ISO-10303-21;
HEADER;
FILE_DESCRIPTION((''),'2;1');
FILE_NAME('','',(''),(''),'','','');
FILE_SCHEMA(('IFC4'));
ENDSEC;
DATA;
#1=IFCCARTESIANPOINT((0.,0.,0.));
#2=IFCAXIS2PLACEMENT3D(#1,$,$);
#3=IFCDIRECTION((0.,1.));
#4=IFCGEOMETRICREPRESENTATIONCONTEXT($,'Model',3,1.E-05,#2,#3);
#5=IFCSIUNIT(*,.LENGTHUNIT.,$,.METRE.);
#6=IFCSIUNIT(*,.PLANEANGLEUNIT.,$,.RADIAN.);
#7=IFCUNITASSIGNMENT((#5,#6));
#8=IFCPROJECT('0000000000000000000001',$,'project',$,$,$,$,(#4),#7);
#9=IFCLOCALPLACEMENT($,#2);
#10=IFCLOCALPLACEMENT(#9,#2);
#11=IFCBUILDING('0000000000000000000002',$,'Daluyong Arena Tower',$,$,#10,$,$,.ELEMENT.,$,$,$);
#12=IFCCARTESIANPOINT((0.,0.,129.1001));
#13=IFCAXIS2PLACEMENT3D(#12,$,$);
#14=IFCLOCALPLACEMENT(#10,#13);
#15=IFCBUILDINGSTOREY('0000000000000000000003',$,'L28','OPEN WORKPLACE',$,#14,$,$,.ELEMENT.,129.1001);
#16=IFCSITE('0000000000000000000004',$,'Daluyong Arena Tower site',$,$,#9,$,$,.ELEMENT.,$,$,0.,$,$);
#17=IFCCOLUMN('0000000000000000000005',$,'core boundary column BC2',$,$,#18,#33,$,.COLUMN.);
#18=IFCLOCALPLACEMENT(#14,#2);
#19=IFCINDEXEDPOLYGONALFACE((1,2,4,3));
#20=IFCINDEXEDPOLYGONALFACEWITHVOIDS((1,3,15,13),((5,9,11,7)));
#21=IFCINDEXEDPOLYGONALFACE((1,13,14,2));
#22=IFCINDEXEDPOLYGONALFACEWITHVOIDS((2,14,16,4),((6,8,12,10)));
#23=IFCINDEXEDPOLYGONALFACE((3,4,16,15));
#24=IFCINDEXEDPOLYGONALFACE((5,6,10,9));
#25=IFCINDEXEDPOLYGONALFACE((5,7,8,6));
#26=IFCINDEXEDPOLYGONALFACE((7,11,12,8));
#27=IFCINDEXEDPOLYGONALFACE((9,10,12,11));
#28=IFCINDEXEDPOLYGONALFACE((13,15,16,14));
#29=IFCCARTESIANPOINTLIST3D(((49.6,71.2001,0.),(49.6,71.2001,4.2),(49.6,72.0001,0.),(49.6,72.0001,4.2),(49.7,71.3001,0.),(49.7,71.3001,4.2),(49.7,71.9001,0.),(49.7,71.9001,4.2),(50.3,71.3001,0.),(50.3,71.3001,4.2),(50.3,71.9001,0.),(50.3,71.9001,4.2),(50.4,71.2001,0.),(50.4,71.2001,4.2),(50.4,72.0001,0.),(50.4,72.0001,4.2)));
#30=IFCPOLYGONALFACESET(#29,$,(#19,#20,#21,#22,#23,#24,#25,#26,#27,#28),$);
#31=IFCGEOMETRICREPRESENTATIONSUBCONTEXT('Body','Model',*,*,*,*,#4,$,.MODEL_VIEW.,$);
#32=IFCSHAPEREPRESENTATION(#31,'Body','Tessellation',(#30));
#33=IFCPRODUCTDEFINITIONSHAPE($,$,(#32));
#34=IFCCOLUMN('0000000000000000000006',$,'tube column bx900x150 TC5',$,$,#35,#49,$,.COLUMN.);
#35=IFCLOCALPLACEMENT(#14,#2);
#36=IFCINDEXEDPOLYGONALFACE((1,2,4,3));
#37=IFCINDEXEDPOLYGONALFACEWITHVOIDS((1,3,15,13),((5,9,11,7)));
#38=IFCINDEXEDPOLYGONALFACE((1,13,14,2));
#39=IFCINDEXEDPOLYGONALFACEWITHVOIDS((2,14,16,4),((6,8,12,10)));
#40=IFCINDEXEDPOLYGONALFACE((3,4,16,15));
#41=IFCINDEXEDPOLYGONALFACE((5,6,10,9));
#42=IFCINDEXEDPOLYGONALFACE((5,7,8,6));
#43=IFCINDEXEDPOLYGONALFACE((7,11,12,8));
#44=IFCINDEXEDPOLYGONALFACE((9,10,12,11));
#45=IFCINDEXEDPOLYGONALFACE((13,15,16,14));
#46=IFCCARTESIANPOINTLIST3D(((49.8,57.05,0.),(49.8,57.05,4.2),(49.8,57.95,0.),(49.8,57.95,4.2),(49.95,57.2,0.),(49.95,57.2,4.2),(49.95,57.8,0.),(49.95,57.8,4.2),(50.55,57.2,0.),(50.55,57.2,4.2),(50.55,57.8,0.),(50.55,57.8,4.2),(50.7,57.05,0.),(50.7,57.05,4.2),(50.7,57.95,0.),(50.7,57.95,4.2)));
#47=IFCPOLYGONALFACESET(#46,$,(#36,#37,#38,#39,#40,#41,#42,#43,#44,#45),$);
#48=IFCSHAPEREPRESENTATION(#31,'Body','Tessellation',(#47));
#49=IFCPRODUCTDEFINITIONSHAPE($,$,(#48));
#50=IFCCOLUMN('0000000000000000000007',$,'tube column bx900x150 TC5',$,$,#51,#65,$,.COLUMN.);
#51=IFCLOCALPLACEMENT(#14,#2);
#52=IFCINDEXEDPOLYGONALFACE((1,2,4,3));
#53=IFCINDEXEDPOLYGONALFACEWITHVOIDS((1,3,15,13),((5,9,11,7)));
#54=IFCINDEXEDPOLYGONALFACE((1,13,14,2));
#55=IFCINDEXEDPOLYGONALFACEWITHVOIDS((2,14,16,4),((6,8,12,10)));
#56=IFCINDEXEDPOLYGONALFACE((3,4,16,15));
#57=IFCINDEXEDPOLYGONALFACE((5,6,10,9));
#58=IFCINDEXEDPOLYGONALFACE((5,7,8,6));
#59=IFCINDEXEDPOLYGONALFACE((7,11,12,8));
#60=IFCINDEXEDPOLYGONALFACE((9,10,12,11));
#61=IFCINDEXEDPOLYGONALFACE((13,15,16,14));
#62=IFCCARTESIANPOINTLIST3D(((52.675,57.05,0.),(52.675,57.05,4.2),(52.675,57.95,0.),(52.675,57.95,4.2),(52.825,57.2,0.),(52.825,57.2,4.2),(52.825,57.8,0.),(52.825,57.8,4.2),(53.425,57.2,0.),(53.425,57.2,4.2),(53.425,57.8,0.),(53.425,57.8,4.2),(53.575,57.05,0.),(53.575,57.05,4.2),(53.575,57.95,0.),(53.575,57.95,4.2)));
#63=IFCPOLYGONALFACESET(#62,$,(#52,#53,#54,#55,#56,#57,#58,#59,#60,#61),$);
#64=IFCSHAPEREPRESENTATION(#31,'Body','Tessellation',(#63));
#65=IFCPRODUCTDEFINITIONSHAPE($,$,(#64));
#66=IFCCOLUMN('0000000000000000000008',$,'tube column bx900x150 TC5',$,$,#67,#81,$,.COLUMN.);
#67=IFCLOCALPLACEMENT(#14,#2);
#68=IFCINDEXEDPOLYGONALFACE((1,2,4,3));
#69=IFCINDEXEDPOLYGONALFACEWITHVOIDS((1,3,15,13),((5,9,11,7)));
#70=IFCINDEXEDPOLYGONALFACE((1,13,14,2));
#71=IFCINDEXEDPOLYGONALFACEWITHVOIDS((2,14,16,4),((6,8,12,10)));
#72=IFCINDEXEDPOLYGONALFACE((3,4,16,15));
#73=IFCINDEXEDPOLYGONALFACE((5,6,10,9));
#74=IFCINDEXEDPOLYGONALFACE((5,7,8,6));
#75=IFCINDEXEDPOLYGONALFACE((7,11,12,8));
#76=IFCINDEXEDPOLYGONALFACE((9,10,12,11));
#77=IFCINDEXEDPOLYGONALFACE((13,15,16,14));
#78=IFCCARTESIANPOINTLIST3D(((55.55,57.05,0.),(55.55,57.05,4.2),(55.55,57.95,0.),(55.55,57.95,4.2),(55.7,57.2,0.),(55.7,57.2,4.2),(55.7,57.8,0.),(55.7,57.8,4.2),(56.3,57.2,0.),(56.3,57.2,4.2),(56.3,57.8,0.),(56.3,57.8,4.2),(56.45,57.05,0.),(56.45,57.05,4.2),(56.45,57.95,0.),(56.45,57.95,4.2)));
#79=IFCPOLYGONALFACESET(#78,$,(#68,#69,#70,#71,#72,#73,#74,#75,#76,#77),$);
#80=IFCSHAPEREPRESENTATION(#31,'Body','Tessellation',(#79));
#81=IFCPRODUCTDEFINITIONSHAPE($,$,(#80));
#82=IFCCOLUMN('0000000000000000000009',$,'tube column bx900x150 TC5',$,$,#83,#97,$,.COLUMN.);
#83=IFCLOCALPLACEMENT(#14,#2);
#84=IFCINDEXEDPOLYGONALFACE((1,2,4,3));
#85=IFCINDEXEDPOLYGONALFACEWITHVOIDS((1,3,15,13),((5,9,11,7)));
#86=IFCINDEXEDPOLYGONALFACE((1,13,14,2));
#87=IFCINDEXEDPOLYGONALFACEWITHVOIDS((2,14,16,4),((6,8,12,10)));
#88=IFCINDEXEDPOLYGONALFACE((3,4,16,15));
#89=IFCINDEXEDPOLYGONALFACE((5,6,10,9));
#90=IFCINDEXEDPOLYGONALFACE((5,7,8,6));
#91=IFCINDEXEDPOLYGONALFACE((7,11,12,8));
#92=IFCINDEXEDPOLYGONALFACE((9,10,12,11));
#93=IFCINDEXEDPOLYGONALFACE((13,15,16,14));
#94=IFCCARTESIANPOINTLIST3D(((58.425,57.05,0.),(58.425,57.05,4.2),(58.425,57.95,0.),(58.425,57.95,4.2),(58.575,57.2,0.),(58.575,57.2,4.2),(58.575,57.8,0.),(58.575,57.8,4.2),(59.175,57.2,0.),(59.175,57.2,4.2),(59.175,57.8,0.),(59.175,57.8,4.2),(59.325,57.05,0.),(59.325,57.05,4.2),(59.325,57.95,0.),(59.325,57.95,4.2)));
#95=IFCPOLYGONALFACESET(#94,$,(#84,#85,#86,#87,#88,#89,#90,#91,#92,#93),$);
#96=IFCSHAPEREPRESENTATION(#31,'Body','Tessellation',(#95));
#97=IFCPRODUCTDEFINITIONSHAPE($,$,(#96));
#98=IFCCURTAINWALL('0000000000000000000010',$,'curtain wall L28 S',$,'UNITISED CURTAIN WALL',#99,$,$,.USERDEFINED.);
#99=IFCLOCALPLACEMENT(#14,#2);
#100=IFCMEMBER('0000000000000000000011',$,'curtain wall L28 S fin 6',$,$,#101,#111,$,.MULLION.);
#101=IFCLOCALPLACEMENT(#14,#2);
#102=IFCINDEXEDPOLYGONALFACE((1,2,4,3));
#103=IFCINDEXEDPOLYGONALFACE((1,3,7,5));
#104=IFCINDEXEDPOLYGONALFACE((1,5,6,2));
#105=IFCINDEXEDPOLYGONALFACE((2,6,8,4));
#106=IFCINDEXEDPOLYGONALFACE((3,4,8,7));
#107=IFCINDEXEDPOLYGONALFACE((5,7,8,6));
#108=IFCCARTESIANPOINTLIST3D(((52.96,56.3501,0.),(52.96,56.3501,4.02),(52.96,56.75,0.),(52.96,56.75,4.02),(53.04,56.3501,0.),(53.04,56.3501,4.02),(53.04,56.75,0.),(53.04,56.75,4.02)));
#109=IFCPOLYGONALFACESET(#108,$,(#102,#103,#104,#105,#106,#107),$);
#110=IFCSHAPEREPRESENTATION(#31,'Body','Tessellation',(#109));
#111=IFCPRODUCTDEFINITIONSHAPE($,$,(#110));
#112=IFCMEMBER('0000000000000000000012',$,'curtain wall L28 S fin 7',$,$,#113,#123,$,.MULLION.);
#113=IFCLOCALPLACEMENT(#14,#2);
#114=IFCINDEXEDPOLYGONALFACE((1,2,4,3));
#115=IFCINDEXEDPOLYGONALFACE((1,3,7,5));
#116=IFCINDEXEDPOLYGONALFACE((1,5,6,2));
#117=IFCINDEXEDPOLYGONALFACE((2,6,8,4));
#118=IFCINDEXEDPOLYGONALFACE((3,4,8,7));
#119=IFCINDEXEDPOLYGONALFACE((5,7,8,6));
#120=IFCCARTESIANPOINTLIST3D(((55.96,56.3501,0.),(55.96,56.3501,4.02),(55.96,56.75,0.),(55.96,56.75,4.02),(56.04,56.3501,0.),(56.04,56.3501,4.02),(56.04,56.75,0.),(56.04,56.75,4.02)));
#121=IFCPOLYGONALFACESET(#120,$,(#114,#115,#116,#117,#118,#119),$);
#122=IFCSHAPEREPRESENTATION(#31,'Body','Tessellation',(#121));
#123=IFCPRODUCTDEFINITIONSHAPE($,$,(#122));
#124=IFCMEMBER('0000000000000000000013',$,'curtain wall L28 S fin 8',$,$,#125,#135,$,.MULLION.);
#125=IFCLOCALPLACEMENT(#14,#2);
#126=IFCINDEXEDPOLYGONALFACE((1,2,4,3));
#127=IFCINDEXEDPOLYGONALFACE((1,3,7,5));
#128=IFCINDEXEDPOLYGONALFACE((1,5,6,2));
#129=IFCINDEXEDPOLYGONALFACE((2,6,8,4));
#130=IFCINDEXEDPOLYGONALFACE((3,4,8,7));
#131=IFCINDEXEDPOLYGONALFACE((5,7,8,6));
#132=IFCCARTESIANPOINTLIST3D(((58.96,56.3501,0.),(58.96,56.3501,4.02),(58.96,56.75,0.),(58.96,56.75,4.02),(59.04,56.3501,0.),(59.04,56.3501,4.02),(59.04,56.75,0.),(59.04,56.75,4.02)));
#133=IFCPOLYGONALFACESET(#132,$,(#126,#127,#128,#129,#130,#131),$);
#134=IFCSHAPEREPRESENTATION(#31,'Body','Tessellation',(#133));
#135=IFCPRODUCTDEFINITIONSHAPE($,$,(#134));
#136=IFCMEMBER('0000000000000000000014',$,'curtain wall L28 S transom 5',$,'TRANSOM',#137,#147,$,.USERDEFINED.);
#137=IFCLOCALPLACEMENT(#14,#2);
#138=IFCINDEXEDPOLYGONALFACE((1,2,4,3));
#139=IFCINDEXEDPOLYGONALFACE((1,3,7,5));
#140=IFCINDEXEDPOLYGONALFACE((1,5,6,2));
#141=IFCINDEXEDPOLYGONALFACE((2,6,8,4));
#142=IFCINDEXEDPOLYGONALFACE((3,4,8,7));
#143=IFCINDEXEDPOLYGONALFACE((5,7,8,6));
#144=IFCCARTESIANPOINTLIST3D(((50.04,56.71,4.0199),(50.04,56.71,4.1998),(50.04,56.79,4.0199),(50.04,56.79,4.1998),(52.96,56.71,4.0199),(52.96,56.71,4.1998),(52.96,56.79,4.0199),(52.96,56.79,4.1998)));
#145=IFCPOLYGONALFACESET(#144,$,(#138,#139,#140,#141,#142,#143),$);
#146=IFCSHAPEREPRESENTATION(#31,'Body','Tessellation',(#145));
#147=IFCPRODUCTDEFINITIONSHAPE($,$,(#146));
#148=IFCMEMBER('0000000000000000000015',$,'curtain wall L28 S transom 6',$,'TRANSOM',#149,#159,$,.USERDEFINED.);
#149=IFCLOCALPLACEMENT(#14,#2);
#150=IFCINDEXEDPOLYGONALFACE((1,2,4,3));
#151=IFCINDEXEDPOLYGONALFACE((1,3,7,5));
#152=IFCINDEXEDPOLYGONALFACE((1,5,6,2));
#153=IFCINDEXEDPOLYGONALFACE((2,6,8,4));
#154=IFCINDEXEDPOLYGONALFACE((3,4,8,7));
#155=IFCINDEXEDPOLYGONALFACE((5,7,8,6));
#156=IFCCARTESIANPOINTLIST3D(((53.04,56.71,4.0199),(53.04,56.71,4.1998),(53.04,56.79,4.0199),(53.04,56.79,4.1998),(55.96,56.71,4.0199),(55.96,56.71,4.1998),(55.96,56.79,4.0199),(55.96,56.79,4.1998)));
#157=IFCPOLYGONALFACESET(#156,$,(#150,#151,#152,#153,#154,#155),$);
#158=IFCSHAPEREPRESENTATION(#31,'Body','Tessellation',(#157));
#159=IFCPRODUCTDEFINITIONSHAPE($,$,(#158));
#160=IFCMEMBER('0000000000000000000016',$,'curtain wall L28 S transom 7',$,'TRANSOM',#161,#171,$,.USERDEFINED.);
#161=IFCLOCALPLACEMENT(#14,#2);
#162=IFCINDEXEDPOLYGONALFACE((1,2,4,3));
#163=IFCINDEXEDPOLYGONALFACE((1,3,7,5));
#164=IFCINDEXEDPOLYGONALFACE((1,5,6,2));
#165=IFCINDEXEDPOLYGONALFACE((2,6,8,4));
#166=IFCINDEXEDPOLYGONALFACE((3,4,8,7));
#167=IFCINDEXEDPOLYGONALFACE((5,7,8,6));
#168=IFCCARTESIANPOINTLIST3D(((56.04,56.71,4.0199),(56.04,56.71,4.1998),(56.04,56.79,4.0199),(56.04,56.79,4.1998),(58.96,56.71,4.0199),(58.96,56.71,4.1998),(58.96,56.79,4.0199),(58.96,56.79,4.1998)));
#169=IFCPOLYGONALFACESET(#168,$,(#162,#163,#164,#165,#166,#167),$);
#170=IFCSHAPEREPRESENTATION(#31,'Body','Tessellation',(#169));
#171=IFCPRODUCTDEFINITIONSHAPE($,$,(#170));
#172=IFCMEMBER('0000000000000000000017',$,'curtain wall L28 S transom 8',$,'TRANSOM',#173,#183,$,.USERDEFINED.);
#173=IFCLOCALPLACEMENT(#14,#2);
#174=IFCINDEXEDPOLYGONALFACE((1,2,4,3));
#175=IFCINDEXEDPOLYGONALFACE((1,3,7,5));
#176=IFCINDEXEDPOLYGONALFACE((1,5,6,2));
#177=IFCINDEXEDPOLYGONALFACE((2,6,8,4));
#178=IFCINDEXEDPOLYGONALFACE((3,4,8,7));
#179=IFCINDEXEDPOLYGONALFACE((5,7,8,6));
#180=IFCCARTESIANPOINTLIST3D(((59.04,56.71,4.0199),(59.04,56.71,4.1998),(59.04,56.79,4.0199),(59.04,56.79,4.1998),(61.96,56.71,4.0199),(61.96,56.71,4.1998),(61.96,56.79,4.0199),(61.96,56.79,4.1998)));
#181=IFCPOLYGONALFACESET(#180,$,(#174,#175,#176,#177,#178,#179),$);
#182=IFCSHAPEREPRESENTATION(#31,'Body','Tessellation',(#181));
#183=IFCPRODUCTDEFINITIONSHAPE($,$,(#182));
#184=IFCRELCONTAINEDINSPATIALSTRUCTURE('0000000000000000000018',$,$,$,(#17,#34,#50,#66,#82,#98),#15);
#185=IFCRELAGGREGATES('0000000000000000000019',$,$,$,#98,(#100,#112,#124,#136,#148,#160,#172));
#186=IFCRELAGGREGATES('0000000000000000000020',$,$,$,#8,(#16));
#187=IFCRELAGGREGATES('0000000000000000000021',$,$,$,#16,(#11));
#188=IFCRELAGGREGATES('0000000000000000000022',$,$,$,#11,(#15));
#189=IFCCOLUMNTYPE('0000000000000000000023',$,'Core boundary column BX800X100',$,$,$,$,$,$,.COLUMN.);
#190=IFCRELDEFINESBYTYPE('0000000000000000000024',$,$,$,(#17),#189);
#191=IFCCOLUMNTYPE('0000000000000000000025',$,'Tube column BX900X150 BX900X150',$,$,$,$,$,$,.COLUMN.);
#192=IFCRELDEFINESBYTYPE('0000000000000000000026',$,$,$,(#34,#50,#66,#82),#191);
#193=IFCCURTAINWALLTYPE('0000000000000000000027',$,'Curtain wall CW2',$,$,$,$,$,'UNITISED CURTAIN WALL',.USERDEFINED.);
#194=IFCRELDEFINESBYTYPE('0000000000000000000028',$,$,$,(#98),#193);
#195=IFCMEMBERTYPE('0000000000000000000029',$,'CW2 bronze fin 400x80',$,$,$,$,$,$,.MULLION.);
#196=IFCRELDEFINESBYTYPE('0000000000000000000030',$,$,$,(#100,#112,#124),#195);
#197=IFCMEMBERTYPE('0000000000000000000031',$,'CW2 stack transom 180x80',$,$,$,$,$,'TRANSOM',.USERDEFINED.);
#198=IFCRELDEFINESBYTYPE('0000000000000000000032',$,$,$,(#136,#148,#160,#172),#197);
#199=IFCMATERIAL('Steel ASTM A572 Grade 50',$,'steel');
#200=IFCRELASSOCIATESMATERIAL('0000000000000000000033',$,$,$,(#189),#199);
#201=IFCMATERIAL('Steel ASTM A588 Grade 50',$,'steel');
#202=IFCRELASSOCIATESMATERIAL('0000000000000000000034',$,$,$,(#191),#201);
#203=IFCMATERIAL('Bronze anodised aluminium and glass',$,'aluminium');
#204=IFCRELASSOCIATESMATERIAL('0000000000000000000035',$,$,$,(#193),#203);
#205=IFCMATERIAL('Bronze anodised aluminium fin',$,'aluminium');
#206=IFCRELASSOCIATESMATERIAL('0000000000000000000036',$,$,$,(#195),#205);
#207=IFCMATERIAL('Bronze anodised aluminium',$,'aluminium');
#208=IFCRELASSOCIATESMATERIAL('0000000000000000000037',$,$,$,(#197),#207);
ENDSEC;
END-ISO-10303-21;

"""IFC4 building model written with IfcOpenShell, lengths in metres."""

from ifc_helpers import new_model, si_unit, direction, frame, origin, origin_2d, place, context, subcontext, project, spatial, rectangle, hollow_rectangle, extrude, material, material_profile, profile_set, type_object, element, aggregate, save


model = new_model("IFC4")

# Units and contexts
model_context = context("Model", 3, precision=1e-05, world=origin(), true_north=direction((0.0, 1.0)))
body_context = subcontext(model_context, "Body", "Model", "MODEL_VIEW")
ifc_project = project(units=[si_unit("LENGTHUNIT", "METRE"), si_unit("PLANEANGLEUNIT", "RADIAN")], contexts=[model_context])

# Site, building, storey
site_placement = place(None, origin())
site = spatial("IfcSite", under=ifc_project, at=site_placement, Name="Daluyong Arena Tower site", CompositionType="ELEMENT", RefElevation=0.0)
building_placement = place(site_placement, origin())
building = spatial("IfcBuilding", under=site, at=building_placement, Name="Daluyong Arena Tower", CompositionType="ELEMENT")
storey_placement = place(building_placement, frame((0.0, 0.0, 129.1001)))
storey = spatial("IfcBuildingStorey", under=building, at=storey_placement, Name="L28", Description="OPEN WORKPLACE", CompositionType="ELEMENT", Elevation=129.1001)

# Columns
ifc_material_1 = material(Name="Steel ASTM A572 Grade 50", Category="steel")
ifc_material_profile_1 = material_profile(ifc_material_1, hollow_rectangle(XDim=0.8, YDim=0.8, WallThickness=0.1, at=origin_2d()))
ifc_profile_set_1 = profile_set([ifc_material_profile_1], Name="Steel ASTM A572 Grade 50")
column_type_1 = type_object("IfcColumnType", Name="Core boundary column BX800X100", PredefinedType="COLUMN", material=ifc_profile_set_1)
column_placement = place(storey_placement, frame((50.0, 71.6001, 0.0), z_axis=(0.0, 0.0, 1.0), x_axis=(1.0, 0.0, 0.0)))
element("IfcColumn", 1, at=column_placement, inside=storey, type_object=column_type_1, Name="core boundary column BC2", PredefinedType="COLUMN", context=body_context, shape_type="SweptSolid", body=[
    extrude(hollow_rectangle(XDim=0.8, YDim=0.8, WallThickness=0.1, at=origin_2d()), origin(), (0.0, 0.0, 1.0), 4.2),
])
ifc_material_2 = material(Name="Steel ASTM A588 Grade 50", Category="steel")
ifc_material_profile_2 = material_profile(ifc_material_2, hollow_rectangle(XDim=0.8999, YDim=0.8999, WallThickness=0.15, at=origin_2d()))
ifc_profile_set_2 = profile_set([ifc_material_profile_2], Name="Steel ASTM A588 Grade 50")
column_type_2 = type_object("IfcColumnType", Name="Tube column BX900X150 BX900X150", PredefinedType="COLUMN", material=ifc_profile_set_2)
for number, where, z_axis, x_axis, name in (
    (2, (50.25, 57.5, 0.0), (0.0, 0.0, 1.0), (1.0, 0.0, 0.0), "tube column bx900x150 TC5"),
    (3, (53.125, 57.5, 0.0), (0.0, 0.0, 1.0), (1.0, 0.0, 0.0), "tube column bx900x150 TC5"),
    (4, (56.0, 57.5, 0.0), (0.0, 0.0, 1.0), (1.0, 0.0, 0.0), "tube column bx900x150 TC5"),
    (5, (58.875, 57.5, 0.0), (0.0, 0.0, 1.0), (1.0, 0.0, 0.0), "tube column bx900x150 TC5"),
):
    element("IfcColumn", number, at=place(storey_placement, frame(where, z_axis=z_axis, x_axis=x_axis)), inside=storey, type_object=column_type_2, Name=name, PredefinedType="COLUMN", context=body_context, shape_type="SweptSolid", body=[
        extrude(hollow_rectangle(XDim=0.8999, YDim=0.8999, WallThickness=0.15, at=origin_2d()), origin(), (0.0, 0.0, 1.0), 4.2),
    ])

# Curtain wall, members
ifc_material_3 = material(Name="Bronze anodised aluminium and glass", Category="aluminium")
curtain_wall_type = type_object("IfcCurtainWallType", Name="Curtain wall CW2", ElementType="UNITISED CURTAIN WALL", PredefinedType="USERDEFINED", material=ifc_material_3)
curtain_wall_placement = place(storey_placement, origin())
curtain_wall = element("IfcCurtainWall", 6, at=curtain_wall_placement, inside=storey, type_object=curtain_wall_type, Name="curtain wall L28 S", ObjectType="UNITISED CURTAIN WALL", PredefinedType="USERDEFINED")
ifc_material_4 = material(Name="Bronze anodised aluminium fin", Category="aluminium")
ifc_material_profile_3 = material_profile(ifc_material_4, rectangle(XDim=0.3999, YDim=0.0801, at=origin_2d()))
ifc_profile_set_3 = profile_set([ifc_material_profile_3], Name="Bronze anodised aluminium fin")
member_type_1 = type_object("IfcMemberType", Name="CW2 bronze fin 400x80", PredefinedType="MULLION", material=ifc_profile_set_3)
member_1_placement = place(storey_placement, frame((53.0, 56.55, 0.0), z_axis=(0.0, 0.0, 1.0), x_axis=(0.0, 1.0, 0.0)))
member_1 = element("IfcMember", 7, at=member_1_placement, type_object=member_type_1, Name="curtain wall L28 S fin 6", PredefinedType="MULLION", context=body_context, shape_type="SweptSolid", body=[
    extrude(rectangle(XDim=0.3999, YDim=0.0801, at=origin_2d()), origin(), (0.0, 0.0, 1.0), 4.02),
])
member_2_placement = place(storey_placement, frame((56.0, 56.55, 0.0), z_axis=(0.0, 0.0, 1.0), x_axis=(0.0, 1.0, 0.0)))
member_2 = element("IfcMember", 8, at=member_2_placement, type_object=member_type_1, Name="curtain wall L28 S fin 7", PredefinedType="MULLION", context=body_context, shape_type="SweptSolid", body=[
    extrude(rectangle(XDim=0.3999, YDim=0.0801, at=origin_2d()), origin(), (0.0, 0.0, 1.0), 4.02),
])
member_3_placement = place(storey_placement, frame((59.0, 56.55, 0.0), z_axis=(0.0, 0.0, 1.0), x_axis=(0.0, 1.0, 0.0)))
member_3 = element("IfcMember", 9, at=member_3_placement, type_object=member_type_1, Name="curtain wall L28 S fin 8", PredefinedType="MULLION", context=body_context, shape_type="SweptSolid", body=[
    extrude(rectangle(XDim=0.3999, YDim=0.0801, at=origin_2d()), origin(), (0.0, 0.0, 1.0), 4.02),
])
ifc_material_5 = material(Name="Bronze anodised aluminium", Category="aluminium")
ifc_material_profile_4 = material_profile(ifc_material_5, rectangle(XDim=0.0801, YDim=0.1799, at=origin_2d()))
ifc_profile_set_4 = profile_set([ifc_material_profile_4], Name="Bronze anodised aluminium")
member_type_2 = type_object("IfcMemberType", Name="CW2 stack transom 180x80", ElementType="TRANSOM", PredefinedType="USERDEFINED", material=ifc_profile_set_4)
member_4_placement = place(storey_placement, frame((50.04, 56.75, 4.1099), z_axis=(1.0, 0.0, 0.0), x_axis=(0.0, 1.0, 0.0)))
member_4 = element("IfcMember", 10, at=member_4_placement, type_object=member_type_2, Name="curtain wall L28 S transom 5", ObjectType="TRANSOM", PredefinedType="USERDEFINED", context=body_context, shape_type="SweptSolid", body=[
    extrude(rectangle(XDim=0.0801, YDim=0.1799, at=origin_2d()), origin(), (0.0, 0.0, 1.0), 2.9199),
])
member_5_placement = place(storey_placement, frame((53.04, 56.75, 4.1099), z_axis=(1.0, 0.0, 0.0), x_axis=(0.0, 1.0, 0.0)))
member_5 = element("IfcMember", 11, at=member_5_placement, type_object=member_type_2, Name="curtain wall L28 S transom 6", ObjectType="TRANSOM", PredefinedType="USERDEFINED", context=body_context, shape_type="SweptSolid", body=[
    extrude(rectangle(XDim=0.0801, YDim=0.1799, at=origin_2d()), origin(), (0.0, 0.0, 1.0), 2.9199),
])
member_6_placement = place(storey_placement, frame((56.04, 56.75, 4.1099), z_axis=(1.0, 0.0, 0.0), x_axis=(0.0, 1.0, 0.0)))
member_6 = element("IfcMember", 12, at=member_6_placement, type_object=member_type_2, Name="curtain wall L28 S transom 7", ObjectType="TRANSOM", PredefinedType="USERDEFINED", context=body_context, shape_type="SweptSolid", body=[
    extrude(rectangle(XDim=0.0801, YDim=0.1799, at=origin_2d()), origin(), (0.0, 0.0, 1.0), 2.9199),
])
member_7_placement = place(storey_placement, frame((59.04, 56.75, 4.1099), z_axis=(1.0, 0.0, 0.0), x_axis=(0.0, 1.0, 0.0)))
member_7 = element("IfcMember", 13, at=member_7_placement, type_object=member_type_2, Name="curtain wall L28 S transom 8", ObjectType="TRANSOM", PredefinedType="USERDEFINED", context=body_context, shape_type="SweptSolid", body=[
    extrude(rectangle(XDim=0.0801, YDim=0.1799, at=origin_2d()), origin(), (0.0, 0.0, 1.0), 2.9199),
])

aggregate(curtain_wall, [member_1, member_2, member_3, member_4, member_5, member_6, member_7])

save(model, "model.ifc")
